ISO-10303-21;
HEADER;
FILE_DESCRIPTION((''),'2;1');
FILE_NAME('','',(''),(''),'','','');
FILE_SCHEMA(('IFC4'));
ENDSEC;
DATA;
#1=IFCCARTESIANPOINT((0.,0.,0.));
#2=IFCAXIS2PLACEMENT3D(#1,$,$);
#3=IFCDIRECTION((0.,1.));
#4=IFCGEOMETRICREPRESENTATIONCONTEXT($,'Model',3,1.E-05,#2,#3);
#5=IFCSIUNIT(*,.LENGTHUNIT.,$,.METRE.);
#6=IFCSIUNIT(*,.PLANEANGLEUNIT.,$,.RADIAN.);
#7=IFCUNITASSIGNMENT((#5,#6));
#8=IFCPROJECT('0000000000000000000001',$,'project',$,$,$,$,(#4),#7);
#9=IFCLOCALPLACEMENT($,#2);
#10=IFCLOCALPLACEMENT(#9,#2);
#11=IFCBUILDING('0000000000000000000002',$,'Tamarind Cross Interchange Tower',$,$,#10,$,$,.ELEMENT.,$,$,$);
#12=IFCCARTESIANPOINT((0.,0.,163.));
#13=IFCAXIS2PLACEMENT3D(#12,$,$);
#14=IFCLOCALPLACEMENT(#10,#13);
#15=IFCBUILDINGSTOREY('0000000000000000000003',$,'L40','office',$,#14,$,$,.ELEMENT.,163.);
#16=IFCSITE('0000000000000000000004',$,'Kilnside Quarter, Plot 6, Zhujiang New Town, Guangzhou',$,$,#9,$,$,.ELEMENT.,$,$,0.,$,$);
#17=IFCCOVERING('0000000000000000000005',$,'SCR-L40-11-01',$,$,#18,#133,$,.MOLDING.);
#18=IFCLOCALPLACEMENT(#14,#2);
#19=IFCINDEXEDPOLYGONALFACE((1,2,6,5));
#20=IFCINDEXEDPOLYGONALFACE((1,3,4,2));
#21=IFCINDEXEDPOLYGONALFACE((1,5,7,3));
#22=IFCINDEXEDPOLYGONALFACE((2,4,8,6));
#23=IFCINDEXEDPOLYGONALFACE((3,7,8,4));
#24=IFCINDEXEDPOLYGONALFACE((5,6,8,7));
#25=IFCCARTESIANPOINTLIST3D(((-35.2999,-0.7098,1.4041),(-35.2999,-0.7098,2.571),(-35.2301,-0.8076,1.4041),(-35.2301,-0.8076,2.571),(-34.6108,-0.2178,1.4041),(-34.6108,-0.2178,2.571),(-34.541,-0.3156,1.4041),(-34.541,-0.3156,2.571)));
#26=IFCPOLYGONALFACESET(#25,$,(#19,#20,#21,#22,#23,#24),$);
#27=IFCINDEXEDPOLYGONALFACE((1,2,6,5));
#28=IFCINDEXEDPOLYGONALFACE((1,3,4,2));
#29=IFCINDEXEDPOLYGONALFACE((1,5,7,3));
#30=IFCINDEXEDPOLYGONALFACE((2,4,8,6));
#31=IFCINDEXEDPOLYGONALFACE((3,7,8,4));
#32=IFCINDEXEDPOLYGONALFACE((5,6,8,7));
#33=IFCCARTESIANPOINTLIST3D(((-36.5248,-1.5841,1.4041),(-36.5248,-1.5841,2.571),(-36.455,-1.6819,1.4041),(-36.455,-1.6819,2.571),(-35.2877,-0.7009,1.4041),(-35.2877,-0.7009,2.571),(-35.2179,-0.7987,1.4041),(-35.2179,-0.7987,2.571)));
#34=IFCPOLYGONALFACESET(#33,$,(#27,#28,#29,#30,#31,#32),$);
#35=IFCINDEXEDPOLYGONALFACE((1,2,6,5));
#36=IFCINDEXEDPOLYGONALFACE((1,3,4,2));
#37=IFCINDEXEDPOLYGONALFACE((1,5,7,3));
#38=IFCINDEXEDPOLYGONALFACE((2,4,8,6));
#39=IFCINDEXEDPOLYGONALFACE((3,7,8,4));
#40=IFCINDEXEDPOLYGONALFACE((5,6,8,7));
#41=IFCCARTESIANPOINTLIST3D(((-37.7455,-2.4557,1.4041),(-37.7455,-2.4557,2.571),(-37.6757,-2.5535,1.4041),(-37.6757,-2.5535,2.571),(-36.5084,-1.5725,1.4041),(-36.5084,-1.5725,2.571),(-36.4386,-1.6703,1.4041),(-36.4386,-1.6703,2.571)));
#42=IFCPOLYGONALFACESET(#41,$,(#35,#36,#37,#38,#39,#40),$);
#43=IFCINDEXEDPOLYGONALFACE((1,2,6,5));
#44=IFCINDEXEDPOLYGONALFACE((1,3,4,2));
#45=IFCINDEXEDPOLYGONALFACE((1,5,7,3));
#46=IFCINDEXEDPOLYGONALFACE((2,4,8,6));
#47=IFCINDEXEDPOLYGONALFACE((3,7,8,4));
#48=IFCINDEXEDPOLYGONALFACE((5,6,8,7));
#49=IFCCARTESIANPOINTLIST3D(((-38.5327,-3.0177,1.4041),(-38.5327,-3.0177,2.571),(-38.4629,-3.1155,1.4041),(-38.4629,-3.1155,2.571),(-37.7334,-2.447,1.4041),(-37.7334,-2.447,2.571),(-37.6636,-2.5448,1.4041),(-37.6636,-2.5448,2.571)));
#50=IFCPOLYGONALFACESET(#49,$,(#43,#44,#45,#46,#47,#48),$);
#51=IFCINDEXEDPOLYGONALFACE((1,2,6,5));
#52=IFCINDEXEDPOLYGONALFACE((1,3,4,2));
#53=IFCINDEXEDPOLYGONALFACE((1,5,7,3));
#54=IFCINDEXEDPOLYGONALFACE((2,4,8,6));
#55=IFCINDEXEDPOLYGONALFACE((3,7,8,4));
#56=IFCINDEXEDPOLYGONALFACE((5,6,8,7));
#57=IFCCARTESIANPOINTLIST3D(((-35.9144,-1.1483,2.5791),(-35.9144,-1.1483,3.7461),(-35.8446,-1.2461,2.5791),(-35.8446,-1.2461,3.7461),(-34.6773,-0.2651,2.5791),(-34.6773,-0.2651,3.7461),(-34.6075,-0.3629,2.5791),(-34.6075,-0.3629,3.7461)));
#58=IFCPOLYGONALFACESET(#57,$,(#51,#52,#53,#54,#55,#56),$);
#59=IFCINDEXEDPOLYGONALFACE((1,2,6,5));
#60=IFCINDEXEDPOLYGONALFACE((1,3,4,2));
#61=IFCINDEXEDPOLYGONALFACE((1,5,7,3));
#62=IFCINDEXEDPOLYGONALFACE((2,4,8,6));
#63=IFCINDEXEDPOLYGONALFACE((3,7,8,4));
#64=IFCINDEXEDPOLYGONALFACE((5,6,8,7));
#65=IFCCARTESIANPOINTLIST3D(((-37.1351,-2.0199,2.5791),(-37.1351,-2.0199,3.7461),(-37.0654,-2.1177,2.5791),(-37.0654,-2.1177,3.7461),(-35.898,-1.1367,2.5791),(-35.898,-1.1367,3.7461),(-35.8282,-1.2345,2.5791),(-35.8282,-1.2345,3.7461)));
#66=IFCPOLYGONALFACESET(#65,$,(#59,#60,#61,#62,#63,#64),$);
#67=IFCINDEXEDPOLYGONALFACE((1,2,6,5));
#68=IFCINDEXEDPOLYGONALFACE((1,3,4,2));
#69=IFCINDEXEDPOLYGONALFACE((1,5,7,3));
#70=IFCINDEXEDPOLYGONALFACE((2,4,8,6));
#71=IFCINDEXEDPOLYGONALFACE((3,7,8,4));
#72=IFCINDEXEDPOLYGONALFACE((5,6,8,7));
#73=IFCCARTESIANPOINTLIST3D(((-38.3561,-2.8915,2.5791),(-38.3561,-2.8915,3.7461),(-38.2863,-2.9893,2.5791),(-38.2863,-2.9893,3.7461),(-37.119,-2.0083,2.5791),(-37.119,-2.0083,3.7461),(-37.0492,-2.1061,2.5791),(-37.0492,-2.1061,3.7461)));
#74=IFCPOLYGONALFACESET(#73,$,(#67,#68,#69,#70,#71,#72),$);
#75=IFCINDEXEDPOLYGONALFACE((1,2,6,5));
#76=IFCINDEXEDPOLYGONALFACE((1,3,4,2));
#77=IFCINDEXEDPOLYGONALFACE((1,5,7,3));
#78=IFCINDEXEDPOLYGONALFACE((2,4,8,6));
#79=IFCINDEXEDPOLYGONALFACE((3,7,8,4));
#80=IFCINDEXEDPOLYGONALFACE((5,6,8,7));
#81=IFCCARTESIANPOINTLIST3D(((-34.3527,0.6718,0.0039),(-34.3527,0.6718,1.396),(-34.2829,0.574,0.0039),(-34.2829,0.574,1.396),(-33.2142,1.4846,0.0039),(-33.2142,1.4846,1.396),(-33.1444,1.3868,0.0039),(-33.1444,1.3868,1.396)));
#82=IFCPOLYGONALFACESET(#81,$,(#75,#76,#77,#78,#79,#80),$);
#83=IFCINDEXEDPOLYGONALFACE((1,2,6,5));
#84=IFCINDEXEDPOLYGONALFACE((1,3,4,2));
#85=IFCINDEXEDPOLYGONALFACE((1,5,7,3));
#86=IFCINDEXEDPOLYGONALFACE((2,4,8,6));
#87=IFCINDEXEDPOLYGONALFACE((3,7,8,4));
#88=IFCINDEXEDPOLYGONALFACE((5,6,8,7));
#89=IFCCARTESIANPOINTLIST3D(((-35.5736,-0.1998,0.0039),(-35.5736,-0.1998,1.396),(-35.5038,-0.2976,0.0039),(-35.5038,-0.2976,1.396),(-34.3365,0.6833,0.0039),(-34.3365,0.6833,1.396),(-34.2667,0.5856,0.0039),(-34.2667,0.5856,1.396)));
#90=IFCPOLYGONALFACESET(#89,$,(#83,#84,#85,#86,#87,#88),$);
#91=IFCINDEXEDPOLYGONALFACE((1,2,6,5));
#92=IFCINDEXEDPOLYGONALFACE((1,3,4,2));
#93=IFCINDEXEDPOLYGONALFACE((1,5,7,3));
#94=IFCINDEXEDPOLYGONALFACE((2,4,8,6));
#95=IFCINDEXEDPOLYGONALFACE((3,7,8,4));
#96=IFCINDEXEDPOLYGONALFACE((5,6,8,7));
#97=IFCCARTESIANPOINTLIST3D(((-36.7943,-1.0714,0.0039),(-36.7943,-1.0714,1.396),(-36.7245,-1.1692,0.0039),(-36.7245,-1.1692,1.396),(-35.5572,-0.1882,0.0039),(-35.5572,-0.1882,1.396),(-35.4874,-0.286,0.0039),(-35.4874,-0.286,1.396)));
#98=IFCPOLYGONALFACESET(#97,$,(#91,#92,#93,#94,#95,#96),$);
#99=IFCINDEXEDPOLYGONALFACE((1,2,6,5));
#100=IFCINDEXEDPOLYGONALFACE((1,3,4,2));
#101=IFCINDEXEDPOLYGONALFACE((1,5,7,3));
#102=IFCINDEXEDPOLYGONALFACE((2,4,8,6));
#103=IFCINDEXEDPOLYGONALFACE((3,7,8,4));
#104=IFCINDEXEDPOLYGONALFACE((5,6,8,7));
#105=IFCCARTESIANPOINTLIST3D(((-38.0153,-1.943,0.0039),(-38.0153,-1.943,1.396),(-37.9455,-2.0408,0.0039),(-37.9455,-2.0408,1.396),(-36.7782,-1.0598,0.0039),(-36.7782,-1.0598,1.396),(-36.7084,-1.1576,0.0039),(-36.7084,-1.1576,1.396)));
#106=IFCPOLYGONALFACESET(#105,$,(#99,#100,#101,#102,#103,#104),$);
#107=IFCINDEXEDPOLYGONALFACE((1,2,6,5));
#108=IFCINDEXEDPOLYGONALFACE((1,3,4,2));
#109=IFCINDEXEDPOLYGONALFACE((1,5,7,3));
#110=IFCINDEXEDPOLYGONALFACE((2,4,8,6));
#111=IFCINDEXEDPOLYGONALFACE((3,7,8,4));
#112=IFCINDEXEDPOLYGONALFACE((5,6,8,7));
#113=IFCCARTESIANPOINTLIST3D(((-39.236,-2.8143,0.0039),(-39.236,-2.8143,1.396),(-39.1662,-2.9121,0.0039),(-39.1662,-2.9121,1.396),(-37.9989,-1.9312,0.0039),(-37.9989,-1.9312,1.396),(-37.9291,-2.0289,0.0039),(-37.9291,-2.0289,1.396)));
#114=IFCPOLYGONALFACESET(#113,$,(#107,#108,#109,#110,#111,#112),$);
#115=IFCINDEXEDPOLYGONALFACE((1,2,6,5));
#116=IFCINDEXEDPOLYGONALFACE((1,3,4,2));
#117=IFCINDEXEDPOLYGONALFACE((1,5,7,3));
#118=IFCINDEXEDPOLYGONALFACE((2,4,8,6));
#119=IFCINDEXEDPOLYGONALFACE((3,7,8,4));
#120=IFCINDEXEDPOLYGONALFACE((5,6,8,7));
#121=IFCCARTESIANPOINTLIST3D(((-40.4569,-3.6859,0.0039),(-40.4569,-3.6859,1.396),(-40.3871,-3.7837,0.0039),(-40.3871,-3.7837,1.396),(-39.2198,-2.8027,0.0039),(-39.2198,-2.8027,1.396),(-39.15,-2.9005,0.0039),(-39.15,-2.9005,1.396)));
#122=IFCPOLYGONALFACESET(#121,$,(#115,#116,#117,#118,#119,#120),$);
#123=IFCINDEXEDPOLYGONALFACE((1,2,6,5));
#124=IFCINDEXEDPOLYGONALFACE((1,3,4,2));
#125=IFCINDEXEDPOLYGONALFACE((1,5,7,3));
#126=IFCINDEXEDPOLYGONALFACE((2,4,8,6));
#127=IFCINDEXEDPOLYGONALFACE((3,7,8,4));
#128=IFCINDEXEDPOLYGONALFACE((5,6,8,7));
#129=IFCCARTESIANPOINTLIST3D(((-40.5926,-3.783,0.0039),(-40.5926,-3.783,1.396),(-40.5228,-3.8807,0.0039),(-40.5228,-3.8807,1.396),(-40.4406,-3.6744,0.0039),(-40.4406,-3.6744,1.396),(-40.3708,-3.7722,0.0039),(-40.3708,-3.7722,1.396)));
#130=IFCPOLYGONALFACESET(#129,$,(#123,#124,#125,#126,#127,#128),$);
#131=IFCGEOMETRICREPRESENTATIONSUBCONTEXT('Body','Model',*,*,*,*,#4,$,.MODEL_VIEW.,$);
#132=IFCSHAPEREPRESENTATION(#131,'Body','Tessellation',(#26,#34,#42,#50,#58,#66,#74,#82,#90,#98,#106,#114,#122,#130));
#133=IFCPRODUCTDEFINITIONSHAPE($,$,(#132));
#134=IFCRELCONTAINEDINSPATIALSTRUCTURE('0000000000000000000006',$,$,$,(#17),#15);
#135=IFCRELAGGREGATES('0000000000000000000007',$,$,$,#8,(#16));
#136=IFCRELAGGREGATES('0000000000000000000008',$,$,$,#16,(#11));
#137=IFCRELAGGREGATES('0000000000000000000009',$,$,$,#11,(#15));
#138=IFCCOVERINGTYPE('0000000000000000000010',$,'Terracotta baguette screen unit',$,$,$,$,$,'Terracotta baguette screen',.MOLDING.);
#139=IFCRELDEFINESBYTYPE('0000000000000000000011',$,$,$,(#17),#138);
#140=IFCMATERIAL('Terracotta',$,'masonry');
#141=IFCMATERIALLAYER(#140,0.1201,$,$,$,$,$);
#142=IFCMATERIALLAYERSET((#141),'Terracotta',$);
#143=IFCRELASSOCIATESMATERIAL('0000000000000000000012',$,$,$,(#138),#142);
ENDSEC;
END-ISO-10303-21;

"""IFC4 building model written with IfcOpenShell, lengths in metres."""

from ifc_helpers import new_model, si_unit, direction, frame, origin, origin_2d, place, context, subcontext, project, spatial, rectangle, extrude, material, layer, layer_set, type_object, element, save


model = new_model("IFC4")

# Units and contexts
model_context = context("Model", 3, precision=1e-05, world=origin(), true_north=direction((0.0, 1.0)))
body_context = subcontext(model_context, "Body", "Model", "MODEL_VIEW")
ifc_project = project(units=[si_unit("LENGTHUNIT", "METRE"), si_unit("PLANEANGLEUNIT", "RADIAN")], contexts=[model_context])

# Site, building, storey
site_placement = place(None, origin())
site = spatial("IfcSite", under=ifc_project, at=site_placement, Name="Kilnside Quarter, Plot 6, Zhujiang New Town, Guangzhou", CompositionType="ELEMENT", RefElevation=0.0)
building_placement = place(site_placement, origin())
building = spatial("IfcBuilding", under=site, at=building_placement, Name="Tamarind Cross Interchange Tower", CompositionType="ELEMENT")
storey_placement = place(building_placement, frame((0.0, 0.0, 163.0)))
storey = spatial("IfcBuildingStorey", under=building, at=storey_placement, Name="L40", Description="office", CompositionType="ELEMENT", Elevation=163.0)

# Covering
ifc_material_1 = material(Name="Terracotta", Category="masonry")
ifc_layer_1 = layer(ifc_material_1, 0.1201)
ifc_layer_set_1 = layer_set([ifc_layer_1], Name="Terracotta")
covering_type = type_object("IfcCoveringType", Name="Terracotta baguette screen unit", ElementType="Terracotta baguette screen", PredefinedType="MOLDING", material=ifc_layer_set_1)
covering_1_placement = place(storey_placement, origin())
element("IfcCovering", 1, at=covering_1_placement, inside=storey, type_object=covering_type, Name="SCR-L40-11-01", PredefinedType="MOLDING", context=body_context, shape_type="SweptSolid", body=[
    extrude(rectangle(XDim=0.8467, YDim=0.1201, at=origin_2d()), frame((-34.9204, -0.5127, 1.4041), z_axis=(0.0, 0.0, 1.0), x_axis=(-0.81388, -0.581033, 0.0)), (0.0, 0.0, 1.0), 1.167),
    extrude(rectangle(XDim=1.52, YDim=0.1201, at=origin_2d()), frame((-35.8713, -1.1914, 1.4041), z_axis=(0.0, 0.0, 1.0), x_axis=(-0.81388, -0.581033, 0.0)), (0.0, 0.0, 1.0), 1.167),
    extrude(rectangle(XDim=1.52, YDim=0.1201, at=origin_2d()), frame((-37.092, -2.063, 1.4041), z_axis=(0.0, 0.0, 1.0), x_axis=(-0.81388, -0.581033, 0.0)), (0.0, 0.0, 1.0), 1.167),
    extrude(rectangle(XDim=0.9822, YDim=0.1201, at=origin_2d()), frame((-38.0981, -2.7812, 1.4041), z_axis=(0.0, 0.0, 1.0), x_axis=(-0.81388, -0.581033, 0.0)), (0.0, 0.0, 1.0), 1.167),
    extrude(rectangle(XDim=1.52, YDim=0.1201, at=origin_2d()), frame((-35.261, -0.7556, 2.5791), z_axis=(0.0, 0.0, 1.0), x_axis=(-0.81388, -0.581033, 0.0)), (0.0, 0.0, 1.0), 1.167),
    extrude(rectangle(XDim=1.52, YDim=0.1201, at=origin_2d()), frame((-36.4817, -1.6272, 2.5791), z_axis=(0.0, 0.0, 1.0), x_axis=(-0.81388, -0.581033, 0.0)), (0.0, 0.0, 1.0), 1.167),
    extrude(rectangle(XDim=1.52, YDim=0.1201, at=origin_2d()), frame((-37.7026, -2.4988, 2.5791), z_axis=(0.0, 0.0, 1.0), x_axis=(-0.81388, -0.581033, 0.0)), (0.0, 0.0, 1.0), 1.167),
    extrude(rectangle(XDim=1.3989, YDim=0.1201, at=origin_2d()), frame((-33.7485, 1.0293, 0.0039), z_axis=(0.0, 0.0, 1.0), x_axis=(-0.81388, -0.581033, 0.0)), (0.0, 0.0, 1.0), 1.3921),
    extrude(rectangle(XDim=1.52, YDim=0.1201, at=origin_2d()), frame((-34.9202, 0.1929, 0.0039), z_axis=(0.0, 0.0, 1.0), x_axis=(-0.81388, -0.581033, 0.0)), (0.0, 0.0, 1.0), 1.3921),
    extrude(rectangle(XDim=1.52, YDim=0.1201, at=origin_2d()), frame((-36.1409, -0.6787, 0.0039), z_axis=(0.0, 0.0, 1.0), x_axis=(-0.81388, -0.581033, 0.0)), (0.0, 0.0, 1.0), 1.3921),
    extrude(rectangle(XDim=1.52, YDim=0.1201, at=origin_2d()), frame((-37.3618, -1.5503, 0.0039), z_axis=(0.0, 0.0, 1.0), x_axis=(-0.81388, -0.581033, 0.0)), (0.0, 0.0, 1.0), 1.3921),
    extrude(rectangle(XDim=1.52, YDim=0.1201, at=origin_2d()), frame((-38.5825, -2.4216, 0.0039), z_axis=(0.0, 0.0, 1.0), x_axis=(-0.81388, -0.581033, 0.0)), (0.0, 0.0, 1.0), 1.3921),
    extrude(rectangle(XDim=1.52, YDim=0.1201, at=origin_2d()), frame((-39.8035, -3.2932, 0.0039), z_axis=(0.0, 0.0, 1.0), x_axis=(-0.81388, -0.581033, 0.0)), (0.0, 0.0, 1.0), 1.3921),
    extrude(rectangle(XDim=0.1868, YDim=0.1201, at=origin_2d()), frame((-40.4817, -3.7776, 0.0039), z_axis=(0.0, 0.0, 1.0), x_axis=(-0.81388, -0.581033, 0.0)), (0.0, 0.0, 1.0), 1.3921),
])

save(model, "model.ifc")
